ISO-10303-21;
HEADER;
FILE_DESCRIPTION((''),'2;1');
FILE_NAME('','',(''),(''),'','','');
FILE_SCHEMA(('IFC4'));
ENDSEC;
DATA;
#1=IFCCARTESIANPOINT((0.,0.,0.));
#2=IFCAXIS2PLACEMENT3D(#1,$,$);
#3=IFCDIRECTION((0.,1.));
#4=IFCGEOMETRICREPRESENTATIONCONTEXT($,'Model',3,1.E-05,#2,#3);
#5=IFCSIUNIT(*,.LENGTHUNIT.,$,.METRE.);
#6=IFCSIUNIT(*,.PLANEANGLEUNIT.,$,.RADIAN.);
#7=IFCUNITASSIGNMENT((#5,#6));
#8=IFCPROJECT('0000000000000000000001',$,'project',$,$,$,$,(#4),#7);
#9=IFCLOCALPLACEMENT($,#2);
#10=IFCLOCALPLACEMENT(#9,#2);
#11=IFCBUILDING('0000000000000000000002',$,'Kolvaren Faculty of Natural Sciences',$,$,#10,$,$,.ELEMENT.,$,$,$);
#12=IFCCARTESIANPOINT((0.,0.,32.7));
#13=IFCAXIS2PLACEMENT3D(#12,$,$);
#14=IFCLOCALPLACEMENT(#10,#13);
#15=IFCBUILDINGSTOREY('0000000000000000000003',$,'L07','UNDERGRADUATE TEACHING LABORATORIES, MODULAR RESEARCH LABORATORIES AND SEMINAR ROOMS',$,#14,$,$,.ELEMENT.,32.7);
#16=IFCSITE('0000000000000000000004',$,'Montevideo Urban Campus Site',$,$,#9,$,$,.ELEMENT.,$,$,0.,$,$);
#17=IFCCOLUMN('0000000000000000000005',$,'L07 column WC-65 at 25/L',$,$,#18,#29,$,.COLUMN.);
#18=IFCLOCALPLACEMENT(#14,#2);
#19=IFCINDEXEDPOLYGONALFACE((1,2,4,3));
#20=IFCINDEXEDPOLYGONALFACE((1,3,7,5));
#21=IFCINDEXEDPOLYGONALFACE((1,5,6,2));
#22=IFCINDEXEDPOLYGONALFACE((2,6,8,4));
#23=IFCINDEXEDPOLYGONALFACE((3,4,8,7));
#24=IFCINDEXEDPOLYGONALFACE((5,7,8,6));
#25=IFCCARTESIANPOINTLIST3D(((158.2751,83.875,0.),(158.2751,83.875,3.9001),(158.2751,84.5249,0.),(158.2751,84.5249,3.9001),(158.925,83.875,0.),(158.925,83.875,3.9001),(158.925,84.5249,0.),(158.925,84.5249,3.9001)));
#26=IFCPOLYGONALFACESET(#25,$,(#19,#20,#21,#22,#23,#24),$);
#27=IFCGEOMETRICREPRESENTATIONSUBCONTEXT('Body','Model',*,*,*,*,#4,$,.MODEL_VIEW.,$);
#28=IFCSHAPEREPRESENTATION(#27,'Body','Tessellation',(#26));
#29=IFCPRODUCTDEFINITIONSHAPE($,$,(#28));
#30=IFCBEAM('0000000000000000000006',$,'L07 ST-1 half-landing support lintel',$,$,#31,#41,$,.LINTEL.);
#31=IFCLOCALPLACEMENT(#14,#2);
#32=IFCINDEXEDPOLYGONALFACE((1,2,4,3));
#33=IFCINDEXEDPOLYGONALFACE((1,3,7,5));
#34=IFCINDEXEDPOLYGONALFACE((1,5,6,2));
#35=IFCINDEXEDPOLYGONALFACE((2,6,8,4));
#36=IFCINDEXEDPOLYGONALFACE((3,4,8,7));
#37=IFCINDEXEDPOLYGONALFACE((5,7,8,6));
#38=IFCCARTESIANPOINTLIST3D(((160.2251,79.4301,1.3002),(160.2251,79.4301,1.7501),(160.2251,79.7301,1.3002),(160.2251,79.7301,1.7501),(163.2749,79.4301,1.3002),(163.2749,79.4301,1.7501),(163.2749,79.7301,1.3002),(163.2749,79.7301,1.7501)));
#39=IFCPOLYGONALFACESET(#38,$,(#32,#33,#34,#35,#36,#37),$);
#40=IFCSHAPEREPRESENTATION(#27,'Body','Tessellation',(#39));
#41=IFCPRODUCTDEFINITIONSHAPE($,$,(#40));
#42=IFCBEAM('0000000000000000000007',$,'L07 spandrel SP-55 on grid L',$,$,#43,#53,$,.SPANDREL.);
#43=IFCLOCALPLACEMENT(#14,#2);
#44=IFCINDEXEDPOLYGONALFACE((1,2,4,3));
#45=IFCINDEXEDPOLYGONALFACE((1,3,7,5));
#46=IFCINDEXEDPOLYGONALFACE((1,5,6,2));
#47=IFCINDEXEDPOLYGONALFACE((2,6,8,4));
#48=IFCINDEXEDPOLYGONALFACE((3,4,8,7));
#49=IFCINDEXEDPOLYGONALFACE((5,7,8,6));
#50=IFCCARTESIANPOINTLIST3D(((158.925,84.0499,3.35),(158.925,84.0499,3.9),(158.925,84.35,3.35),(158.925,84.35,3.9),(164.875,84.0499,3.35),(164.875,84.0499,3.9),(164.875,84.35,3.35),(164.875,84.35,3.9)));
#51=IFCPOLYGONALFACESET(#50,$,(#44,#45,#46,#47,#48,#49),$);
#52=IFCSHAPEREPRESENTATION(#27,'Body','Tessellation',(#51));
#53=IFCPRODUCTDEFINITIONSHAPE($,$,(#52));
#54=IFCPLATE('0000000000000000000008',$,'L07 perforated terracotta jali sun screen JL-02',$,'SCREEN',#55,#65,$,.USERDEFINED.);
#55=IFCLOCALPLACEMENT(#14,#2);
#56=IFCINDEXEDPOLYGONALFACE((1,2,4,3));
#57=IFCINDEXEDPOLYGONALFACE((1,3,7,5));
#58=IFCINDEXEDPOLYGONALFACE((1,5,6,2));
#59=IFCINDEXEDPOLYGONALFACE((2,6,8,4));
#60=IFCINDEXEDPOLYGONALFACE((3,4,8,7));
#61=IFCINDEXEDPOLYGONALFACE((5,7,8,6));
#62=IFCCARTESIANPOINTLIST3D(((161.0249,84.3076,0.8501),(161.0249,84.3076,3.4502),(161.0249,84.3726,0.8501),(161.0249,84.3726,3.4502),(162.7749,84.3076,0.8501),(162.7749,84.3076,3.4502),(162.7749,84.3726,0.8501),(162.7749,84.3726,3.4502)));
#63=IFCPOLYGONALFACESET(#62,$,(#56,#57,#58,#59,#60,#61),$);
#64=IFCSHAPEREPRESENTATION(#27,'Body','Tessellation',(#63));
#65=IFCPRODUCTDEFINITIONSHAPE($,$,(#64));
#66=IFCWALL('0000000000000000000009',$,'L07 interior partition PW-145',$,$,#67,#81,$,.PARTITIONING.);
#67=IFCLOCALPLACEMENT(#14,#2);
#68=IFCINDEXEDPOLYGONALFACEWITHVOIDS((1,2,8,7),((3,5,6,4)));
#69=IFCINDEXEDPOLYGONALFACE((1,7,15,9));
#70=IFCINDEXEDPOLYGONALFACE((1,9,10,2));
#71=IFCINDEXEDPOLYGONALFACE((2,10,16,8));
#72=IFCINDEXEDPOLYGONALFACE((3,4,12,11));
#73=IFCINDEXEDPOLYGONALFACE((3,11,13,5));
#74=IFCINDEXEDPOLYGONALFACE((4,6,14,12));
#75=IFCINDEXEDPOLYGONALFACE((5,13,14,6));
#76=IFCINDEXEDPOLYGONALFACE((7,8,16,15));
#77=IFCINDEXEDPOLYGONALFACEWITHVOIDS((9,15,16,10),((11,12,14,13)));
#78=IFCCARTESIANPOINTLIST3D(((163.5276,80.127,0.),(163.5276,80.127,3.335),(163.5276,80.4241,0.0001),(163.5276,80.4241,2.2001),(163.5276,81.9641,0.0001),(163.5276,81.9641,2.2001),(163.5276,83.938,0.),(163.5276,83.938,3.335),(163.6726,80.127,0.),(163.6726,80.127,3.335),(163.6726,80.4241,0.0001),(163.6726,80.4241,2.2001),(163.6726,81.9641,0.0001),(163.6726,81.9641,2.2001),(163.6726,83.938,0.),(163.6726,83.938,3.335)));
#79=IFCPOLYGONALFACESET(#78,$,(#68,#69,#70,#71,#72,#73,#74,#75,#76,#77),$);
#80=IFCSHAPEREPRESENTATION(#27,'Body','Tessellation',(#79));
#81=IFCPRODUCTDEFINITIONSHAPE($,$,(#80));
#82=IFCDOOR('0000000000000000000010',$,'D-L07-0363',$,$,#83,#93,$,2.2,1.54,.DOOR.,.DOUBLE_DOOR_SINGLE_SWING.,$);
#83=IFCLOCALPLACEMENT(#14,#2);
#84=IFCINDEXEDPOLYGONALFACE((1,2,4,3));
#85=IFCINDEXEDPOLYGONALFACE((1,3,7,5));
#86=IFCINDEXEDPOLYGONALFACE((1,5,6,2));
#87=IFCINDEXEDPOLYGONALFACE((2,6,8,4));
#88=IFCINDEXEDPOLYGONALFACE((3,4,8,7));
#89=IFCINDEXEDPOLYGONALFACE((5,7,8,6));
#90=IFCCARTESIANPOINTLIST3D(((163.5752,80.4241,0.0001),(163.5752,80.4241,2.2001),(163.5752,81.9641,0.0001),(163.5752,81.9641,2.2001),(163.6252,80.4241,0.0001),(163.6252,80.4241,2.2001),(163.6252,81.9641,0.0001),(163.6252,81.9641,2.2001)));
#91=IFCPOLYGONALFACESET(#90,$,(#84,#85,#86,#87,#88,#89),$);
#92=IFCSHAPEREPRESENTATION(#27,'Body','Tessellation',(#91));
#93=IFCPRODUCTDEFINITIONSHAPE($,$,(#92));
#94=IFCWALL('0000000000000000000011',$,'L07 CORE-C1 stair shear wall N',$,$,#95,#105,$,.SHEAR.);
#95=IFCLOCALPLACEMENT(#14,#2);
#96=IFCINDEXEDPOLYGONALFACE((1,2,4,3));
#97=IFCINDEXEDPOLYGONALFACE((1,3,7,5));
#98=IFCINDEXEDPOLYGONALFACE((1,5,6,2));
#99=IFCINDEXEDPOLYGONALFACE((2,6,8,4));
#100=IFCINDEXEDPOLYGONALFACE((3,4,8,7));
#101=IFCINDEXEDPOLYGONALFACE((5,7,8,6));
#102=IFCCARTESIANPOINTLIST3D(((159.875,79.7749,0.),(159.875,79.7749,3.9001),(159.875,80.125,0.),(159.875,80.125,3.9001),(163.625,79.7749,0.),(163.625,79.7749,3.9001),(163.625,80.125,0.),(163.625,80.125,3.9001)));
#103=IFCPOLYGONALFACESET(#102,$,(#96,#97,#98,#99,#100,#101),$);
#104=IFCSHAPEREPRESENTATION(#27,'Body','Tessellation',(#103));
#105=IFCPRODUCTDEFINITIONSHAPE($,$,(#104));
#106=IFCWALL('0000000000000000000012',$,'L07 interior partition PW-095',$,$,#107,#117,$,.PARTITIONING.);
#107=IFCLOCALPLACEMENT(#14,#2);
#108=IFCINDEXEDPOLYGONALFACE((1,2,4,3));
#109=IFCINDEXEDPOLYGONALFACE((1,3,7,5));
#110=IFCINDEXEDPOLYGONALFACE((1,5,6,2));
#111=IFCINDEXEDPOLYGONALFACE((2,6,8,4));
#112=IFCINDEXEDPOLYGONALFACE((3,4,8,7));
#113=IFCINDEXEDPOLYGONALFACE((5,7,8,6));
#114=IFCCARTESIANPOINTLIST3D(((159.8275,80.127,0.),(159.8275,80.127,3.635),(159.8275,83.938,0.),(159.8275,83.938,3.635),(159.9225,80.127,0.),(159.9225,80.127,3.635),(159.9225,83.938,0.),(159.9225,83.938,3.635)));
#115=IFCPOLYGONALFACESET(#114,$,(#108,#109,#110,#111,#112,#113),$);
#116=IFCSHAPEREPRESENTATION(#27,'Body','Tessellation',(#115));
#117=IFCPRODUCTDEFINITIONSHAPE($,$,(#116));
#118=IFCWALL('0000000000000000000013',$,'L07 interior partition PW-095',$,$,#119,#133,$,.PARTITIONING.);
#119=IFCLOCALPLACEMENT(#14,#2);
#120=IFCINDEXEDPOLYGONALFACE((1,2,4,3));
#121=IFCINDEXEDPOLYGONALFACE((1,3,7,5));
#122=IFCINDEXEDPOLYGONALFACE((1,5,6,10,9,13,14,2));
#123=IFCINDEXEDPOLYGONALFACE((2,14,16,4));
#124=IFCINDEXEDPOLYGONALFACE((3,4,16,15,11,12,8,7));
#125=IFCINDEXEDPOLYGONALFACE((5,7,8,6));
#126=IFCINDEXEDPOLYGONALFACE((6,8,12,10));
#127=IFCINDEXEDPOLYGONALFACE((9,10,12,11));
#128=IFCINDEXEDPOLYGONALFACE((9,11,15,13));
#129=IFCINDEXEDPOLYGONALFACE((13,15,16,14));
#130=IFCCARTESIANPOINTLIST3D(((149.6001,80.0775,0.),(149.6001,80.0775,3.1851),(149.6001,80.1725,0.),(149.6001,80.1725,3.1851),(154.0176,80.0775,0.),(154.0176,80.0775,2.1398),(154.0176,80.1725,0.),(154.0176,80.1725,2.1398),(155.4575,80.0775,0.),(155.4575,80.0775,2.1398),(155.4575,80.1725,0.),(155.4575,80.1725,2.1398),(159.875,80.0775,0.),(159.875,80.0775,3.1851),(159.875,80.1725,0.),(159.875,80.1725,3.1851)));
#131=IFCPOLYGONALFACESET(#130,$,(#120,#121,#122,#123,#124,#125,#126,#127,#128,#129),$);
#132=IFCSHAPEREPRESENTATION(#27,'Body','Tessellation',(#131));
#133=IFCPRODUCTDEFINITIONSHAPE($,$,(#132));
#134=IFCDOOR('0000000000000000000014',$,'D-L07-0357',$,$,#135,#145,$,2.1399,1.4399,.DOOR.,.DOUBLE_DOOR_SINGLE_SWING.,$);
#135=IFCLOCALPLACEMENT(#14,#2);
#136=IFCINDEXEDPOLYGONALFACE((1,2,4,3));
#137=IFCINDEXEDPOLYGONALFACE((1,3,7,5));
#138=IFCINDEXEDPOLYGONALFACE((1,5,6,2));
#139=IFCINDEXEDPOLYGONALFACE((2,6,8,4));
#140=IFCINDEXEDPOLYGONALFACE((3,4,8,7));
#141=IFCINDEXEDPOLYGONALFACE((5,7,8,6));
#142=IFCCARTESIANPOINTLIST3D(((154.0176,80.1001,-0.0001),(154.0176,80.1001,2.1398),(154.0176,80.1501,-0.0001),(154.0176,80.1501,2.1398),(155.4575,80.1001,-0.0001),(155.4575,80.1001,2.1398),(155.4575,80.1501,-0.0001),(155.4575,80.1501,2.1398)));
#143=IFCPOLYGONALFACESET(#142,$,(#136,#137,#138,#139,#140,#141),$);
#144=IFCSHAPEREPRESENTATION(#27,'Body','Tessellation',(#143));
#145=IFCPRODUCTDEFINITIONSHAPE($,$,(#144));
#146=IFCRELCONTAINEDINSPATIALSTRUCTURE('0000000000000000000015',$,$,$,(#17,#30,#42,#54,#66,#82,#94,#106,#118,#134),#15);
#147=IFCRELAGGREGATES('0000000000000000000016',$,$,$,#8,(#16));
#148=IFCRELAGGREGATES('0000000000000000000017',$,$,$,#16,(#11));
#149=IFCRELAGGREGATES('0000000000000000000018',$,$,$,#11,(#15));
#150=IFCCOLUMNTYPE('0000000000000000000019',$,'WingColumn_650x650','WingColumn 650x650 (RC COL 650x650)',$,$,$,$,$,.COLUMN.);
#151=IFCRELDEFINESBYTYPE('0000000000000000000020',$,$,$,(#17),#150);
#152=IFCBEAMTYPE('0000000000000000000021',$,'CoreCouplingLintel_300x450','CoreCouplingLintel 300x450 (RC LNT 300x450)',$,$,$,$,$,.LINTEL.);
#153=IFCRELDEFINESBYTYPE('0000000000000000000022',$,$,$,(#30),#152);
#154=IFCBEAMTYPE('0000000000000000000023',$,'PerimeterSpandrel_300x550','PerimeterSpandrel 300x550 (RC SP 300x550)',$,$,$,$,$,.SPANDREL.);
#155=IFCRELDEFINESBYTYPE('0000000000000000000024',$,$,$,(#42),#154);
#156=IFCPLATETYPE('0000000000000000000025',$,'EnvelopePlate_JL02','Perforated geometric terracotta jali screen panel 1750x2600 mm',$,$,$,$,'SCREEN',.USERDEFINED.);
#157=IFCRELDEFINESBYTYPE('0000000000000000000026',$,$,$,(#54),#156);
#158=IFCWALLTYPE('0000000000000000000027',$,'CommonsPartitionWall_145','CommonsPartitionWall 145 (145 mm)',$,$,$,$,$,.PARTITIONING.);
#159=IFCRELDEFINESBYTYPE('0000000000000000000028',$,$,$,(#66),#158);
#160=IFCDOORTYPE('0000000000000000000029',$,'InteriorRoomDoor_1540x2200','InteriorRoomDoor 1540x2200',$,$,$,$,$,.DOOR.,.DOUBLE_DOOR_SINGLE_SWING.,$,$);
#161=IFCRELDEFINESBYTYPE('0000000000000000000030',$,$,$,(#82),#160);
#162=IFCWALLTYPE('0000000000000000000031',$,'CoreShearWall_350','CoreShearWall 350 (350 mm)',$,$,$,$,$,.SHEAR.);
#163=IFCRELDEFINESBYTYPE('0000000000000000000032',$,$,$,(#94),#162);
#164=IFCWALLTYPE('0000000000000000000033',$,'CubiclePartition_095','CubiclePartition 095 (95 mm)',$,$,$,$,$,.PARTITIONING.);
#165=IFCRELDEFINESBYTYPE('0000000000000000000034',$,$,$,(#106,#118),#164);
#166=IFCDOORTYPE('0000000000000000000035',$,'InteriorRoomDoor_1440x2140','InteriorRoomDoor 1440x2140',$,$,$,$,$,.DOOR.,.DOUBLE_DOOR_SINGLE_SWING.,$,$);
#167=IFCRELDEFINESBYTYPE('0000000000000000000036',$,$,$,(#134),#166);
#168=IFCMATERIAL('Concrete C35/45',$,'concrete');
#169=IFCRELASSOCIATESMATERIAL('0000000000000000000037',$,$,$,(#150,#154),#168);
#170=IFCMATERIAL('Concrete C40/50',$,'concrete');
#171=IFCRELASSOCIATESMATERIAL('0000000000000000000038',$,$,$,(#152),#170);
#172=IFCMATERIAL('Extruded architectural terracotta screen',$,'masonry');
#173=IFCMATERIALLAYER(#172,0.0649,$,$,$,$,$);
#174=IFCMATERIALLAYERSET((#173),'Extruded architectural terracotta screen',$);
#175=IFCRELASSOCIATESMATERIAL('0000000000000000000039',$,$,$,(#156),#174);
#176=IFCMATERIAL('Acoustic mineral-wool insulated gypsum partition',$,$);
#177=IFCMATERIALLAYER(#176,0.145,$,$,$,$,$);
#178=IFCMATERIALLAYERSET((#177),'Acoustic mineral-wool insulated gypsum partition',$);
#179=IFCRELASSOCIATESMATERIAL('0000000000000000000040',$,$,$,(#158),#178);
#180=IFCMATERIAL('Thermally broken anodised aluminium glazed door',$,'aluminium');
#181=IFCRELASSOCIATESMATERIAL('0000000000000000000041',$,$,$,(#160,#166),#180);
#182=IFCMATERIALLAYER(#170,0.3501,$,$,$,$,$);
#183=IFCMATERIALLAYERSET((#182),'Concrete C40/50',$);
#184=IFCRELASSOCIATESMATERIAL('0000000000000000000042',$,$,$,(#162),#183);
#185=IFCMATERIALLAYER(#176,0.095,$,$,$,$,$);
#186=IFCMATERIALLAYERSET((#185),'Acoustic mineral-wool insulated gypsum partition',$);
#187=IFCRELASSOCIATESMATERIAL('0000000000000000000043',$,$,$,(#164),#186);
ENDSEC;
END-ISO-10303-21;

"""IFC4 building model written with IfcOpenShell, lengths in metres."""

from ifc_helpers import new_model, si_unit, direction, frame, frame_2d, origin, origin_2d, place, context, subcontext, project, spatial, rectangle, extrude, material, layer, layer_set, material_profile, profile_set, type_object, element, fill, save


model = new_model("IFC4")

# Units and contexts
model_context = context("Model", 3, precision=1e-05, world=origin(), true_north=direction((0.0, 1.0)))
body_context = subcontext(model_context, "Body", "Model", "MODEL_VIEW")
ifc_project = project(units=[si_unit("LENGTHUNIT", "METRE"), si_unit("PLANEANGLEUNIT", "RADIAN")], contexts=[model_context])

# Site, building, storey
site_placement = place(None, origin())
site = spatial("IfcSite", under=ifc_project, at=site_placement, Name="Montevideo Urban Campus Site", CompositionType="ELEMENT", RefElevation=0.0)
building_placement = place(site_placement, origin())
building = spatial("IfcBuilding", under=site, at=building_placement, Name="Kolvaren Faculty of Natural Sciences", CompositionType="ELEMENT")
storey_placement = place(building_placement, frame((0.0, 0.0, 32.7)))
storey = spatial("IfcBuildingStorey", under=building, at=storey_placement, Name="L07", Description="UNDERGRADUATE TEACHING LABORATORIES, MODULAR RESEARCH LABORATORIES AND SEMINAR ROOMS", CompositionType="ELEMENT", Elevation=32.7)

# Column
ifc_material_1 = material(Name="Concrete C35/45", Category="concrete")
ifc_material_profile_1 = material_profile(ifc_material_1, rectangle(XDim=0.6499, YDim=0.6499, at=origin_2d()), Name="RC COL 650x650")
ifc_profile_set_1 = profile_set([ifc_material_profile_1], Name="Concrete C35/45")
column_type = type_object("IfcColumnType", Name="WingColumn_650x650", Description="WingColumn 650x650 (RC COL 650x650)", PredefinedType="COLUMN", material=ifc_profile_set_1)
column_placement = place(storey_placement, frame((158.6001, 84.2, 0.0), z_axis=(0.0, 0.0, 1.0), x_axis=(1.0, 0.0, 0.0)))
element("IfcColumn", 1, at=column_placement, inside=storey, type_object=column_type, Name="L07 column WC-65 at 25/L", PredefinedType="COLUMN", context=body_context, shape_type="SweptSolid", body=[
    extrude(rectangle(XDim=0.6499, YDim=0.6499, at=origin_2d()), origin(), (0.0, 0.0, 1.0), 3.9001),
])

# Beams
ifc_material_2 = material(Name="Concrete C40/50", Category="concrete")
ifc_material_profile_2 = material_profile(ifc_material_2, rectangle(XDim=0.3, YDim=0.45, at=origin_2d()), Name="RC LNT 300x450")
ifc_profile_set_2 = profile_set([ifc_material_profile_2], Name="Concrete C40/50")
beam_type_1 = type_object("IfcBeamType", Name="CoreCouplingLintel_300x450", Description="CoreCouplingLintel 300x450 (RC LNT 300x450)", PredefinedType="LINTEL", material=ifc_profile_set_2)
beam_1_placement = place(storey_placement, frame((160.2251, 79.5801, 1.5251), z_axis=(1.0, 0.0, 0.0), x_axis=(0.0, 1.0, 0.0)))
element("IfcBeam", 2, at=beam_1_placement, inside=storey, type_object=beam_type_1, Name="L07 ST-1 half-landing support lintel", PredefinedType="LINTEL", context=body_context, shape_type="SweptSolid", body=[
    extrude(rectangle(XDim=0.3, YDim=0.45, at=origin_2d()), origin(), (0.0, 0.0, 1.0), 3.0498),
])
ifc_material_profile_3 = material_profile(ifc_material_1, rectangle(XDim=0.3, YDim=0.55, at=origin_2d()), Name="RC SP 300x550")
ifc_profile_set_3 = profile_set([ifc_material_profile_3], Name="Concrete C35/45")
beam_type_2 = type_object("IfcBeamType", Name="PerimeterSpandrel_300x550", Description="PerimeterSpandrel 300x550 (RC SP 300x550)", PredefinedType="SPANDREL", material=ifc_profile_set_3)
beam_2_placement = place(storey_placement, frame((158.925, 84.2, 3.625), z_axis=(1.0, 0.0, 0.0), x_axis=(0.0, 1.0, 0.0)))
element("IfcBeam", 3, at=beam_2_placement, inside=storey, type_object=beam_type_2, Name="L07 spandrel SP-55 on grid L", PredefinedType="SPANDREL", context=body_context, shape_type="SweptSolid", body=[
    extrude(rectangle(XDim=0.3, YDim=0.55, at=origin_2d()), origin(), (0.0, 0.0, 1.0), 5.95),
])

# Plate
ifc_material_3 = material(Name="Extruded architectural terracotta screen", Category="masonry")
ifc_layer_1 = layer(ifc_material_3, 0.0649)
ifc_layer_set_1 = layer_set([ifc_layer_1], Name="Extruded architectural terracotta screen")
plate_type = type_object("IfcPlateType", Name="EnvelopePlate_JL02", Description="Perforated geometric terracotta jali screen panel 1750x2600 mm", ElementType="SCREEN", PredefinedType="USERDEFINED", material=ifc_layer_set_1)
plate_placement = place(storey_placement, frame((161.8999, 84.3401, 0.8501), z_axis=(0.0, 0.0, 1.0), x_axis=(1.0, 0.0, 0.0)))
element("IfcPlate", 4, at=plate_placement, inside=storey, type_object=plate_type, Name="L07 perforated terracotta jali sun screen JL-02", ObjectType="SCREEN", PredefinedType="USERDEFINED", context=body_context, shape_type="SweptSolid", body=[
    extrude(rectangle(XDim=1.75, YDim=0.0649, at=origin_2d()), origin(), (0.0, 0.0, 1.0), 2.6001),
])

# Wall, opening, door
ifc_material_4 = material(Name="Acoustic mineral-wool insulated gypsum partition")
ifc_layer_2 = layer(ifc_material_4, 0.145)
ifc_layer_set_2 = layer_set([ifc_layer_2], Name="Acoustic mineral-wool insulated gypsum partition")
wall_type_1 = type_object("IfcWallType", Name="CommonsPartitionWall_145", Description="CommonsPartitionWall 145 (145 mm)", PredefinedType="PARTITIONING", material=ifc_layer_set_2)
wall_1_placement = place(storey_placement, frame((163.6001, 80.127, 0.0), z_axis=(0.0, 0.0, 1.0), x_axis=(0.0, 1.0, 0.0)))
wall_1 = element("IfcWall", 5, at=wall_1_placement, inside=storey, type_object=wall_type_1, Name="L07 interior partition PW-145", PredefinedType="PARTITIONING", context=body_context, shape_type="SweptSolid", body=[
    extrude(rectangle(XDim=3.811, YDim=0.145, at=frame_2d((1.9055, 0.0))), origin(), (0.0, 0.0, 1.0), 3.335),
])
opening_1_placement = place(wall_1_placement, frame((0.2971, 0.0, 0.0)))
opening_1 = element("IfcOpeningElement", 6, at=opening_1_placement, cuts=wall_1, PredefinedType="OPENING", context=body_context, shape_type="SweptSolid", body=[
    extrude(rectangle(XDim=1.54, YDim=2.2, at=frame_2d((0.77, 1.1001))), frame((0.0, 0.0825, 0.0), z_axis=(0.0, -1.0, 0.0), x_axis=(1.0, 0.0, 0.0)), (0.0, 0.0, 1.0), 0.165),
])
ifc_material_5 = material(Name="Thermally broken anodised aluminium glazed door", Category="aluminium")
door_type_1 = type_object("IfcDoorType", Name="InteriorRoomDoor_1540x2200", Description="InteriorRoomDoor 1540x2200", OperationType="DOUBLE_DOOR_SINGLE_SWING", PredefinedType="DOOR", material=ifc_material_5)
door_1_placement = place(opening_1_placement, origin())
door_1 = element("IfcDoor", 7, at=door_1_placement, inside=storey, type_object=door_type_1, Name="D-L07-0363", OperationType="DOUBLE_DOOR_SINGLE_SWING", OverallHeight=2.2, OverallWidth=1.54, PredefinedType="DOOR", context=body_context, shape_type="SweptSolid", body=[
    extrude(rectangle(XDim=1.54, YDim=2.2, at=frame_2d((0.77, 1.1001))), frame((0.0, 0.0249, 0.0), z_axis=(0.0, -1.0, 0.0), x_axis=(1.0, 0.0, 0.0)), (0.0, 0.0, 1.0), 0.05),
])
fill(opening_1, door_1)

# Walls
ifc_layer_3 = layer(ifc_material_2, 0.3501)
ifc_layer_set_3 = layer_set([ifc_layer_3], Name="Concrete C40/50")
wall_type_2 = type_object("IfcWallType", Name="CoreShearWall_350", Description="CoreShearWall 350 (350 mm)", PredefinedType="SHEAR", material=ifc_layer_set_3)
wall_2_placement = place(storey_placement, frame((159.875, 79.95, 0.0), z_axis=(0.0, 0.0, 1.0), x_axis=(1.0, 0.0, 0.0)))
element("IfcWall", 8, at=wall_2_placement, inside=storey, type_object=wall_type_2, Name="L07 CORE-C1 stair shear wall N", PredefinedType="SHEAR", context=body_context, shape_type="SweptSolid", body=[
    extrude(rectangle(XDim=3.75, YDim=0.3501, at=frame_2d((1.875, 0.0))), origin(), (0.0, 0.0, 1.0), 3.9001),
])
ifc_layer_4 = layer(ifc_material_4, 0.095)
ifc_layer_set_4 = layer_set([ifc_layer_4], Name="Acoustic mineral-wool insulated gypsum partition")
wall_type_3 = type_object("IfcWallType", Name="CubiclePartition_095", Description="CubiclePartition 095 (95 mm)", PredefinedType="PARTITIONING", material=ifc_layer_set_4)
wall_3_placement = place(storey_placement, frame((159.875, 83.938, 0.0), z_axis=(0.0, 0.0, 1.0), x_axis=(0.0, -1.0, 0.0)))
element("IfcWall", 9, at=wall_3_placement, inside=storey, type_object=wall_type_3, Name="L07 interior partition PW-095", PredefinedType="PARTITIONING", context=body_context, shape_type="SweptSolid", body=[
    extrude(rectangle(XDim=3.811, YDim=0.095, at=frame_2d((1.9055, 0.0))), origin(), (0.0, 0.0, 1.0), 3.635),
])

# Wall, opening, door
wall_4_placement = place(storey_placement, frame((159.875, 80.125, 0.0), z_axis=(0.0, 0.0, 1.0), x_axis=(-1.0, 0.0, 0.0)))
wall_4 = element("IfcWall", 10, at=wall_4_placement, inside=storey, type_object=wall_type_3, Name="L07 interior partition PW-095", PredefinedType="PARTITIONING", context=body_context, shape_type="SweptSolid", body=[
    extrude(rectangle(XDim=10.2749, YDim=0.095, at=frame_2d((5.1375, 0.0))), origin(), (0.0, 0.0, 1.0), 3.1851),
])
opening_2_placement = place(wall_4_placement, frame((4.4175, 0.0, 0.0)))
opening_2 = element("IfcOpeningElement", 11, at=opening_2_placement, cuts=wall_4, PredefinedType="OPENING", context=body_context, shape_type="SweptSolid", body=[
    extrude(rectangle(XDim=1.4399, YDim=2.1399, at=frame_2d((0.72, 1.0698))), frame((0.0, 0.0574, 0.0), z_axis=(0.0, -1.0, 0.0), x_axis=(1.0, 0.0, 0.0)), (0.0, 0.0, 1.0), 0.115),
])
door_type_2 = type_object("IfcDoorType", Name="InteriorRoomDoor_1440x2140", Description="InteriorRoomDoor 1440x2140", OperationType="DOUBLE_DOOR_SINGLE_SWING", PredefinedType="DOOR", material=ifc_material_5)
door_2_placement = place(opening_2_placement, origin())
door_2 = element("IfcDoor", 12, at=door_2_placement, inside=storey, type_object=door_type_2, Name="D-L07-0357", OperationType="DOUBLE_DOOR_SINGLE_SWING", OverallHeight=2.1399, OverallWidth=1.4399, PredefinedType="DOOR", context=body_context, shape_type="SweptSolid", body=[
    extrude(rectangle(XDim=1.4399, YDim=2.1399, at=frame_2d((0.72, 1.0698))), frame((0.0, 0.0249, 0.0), z_axis=(0.0, -1.0, 0.0), x_axis=(1.0, 0.0, 0.0)), (0.0, 0.0, 1.0), 0.05),
])
fill(opening_2, door_2)

save(model, "model.ifc")
